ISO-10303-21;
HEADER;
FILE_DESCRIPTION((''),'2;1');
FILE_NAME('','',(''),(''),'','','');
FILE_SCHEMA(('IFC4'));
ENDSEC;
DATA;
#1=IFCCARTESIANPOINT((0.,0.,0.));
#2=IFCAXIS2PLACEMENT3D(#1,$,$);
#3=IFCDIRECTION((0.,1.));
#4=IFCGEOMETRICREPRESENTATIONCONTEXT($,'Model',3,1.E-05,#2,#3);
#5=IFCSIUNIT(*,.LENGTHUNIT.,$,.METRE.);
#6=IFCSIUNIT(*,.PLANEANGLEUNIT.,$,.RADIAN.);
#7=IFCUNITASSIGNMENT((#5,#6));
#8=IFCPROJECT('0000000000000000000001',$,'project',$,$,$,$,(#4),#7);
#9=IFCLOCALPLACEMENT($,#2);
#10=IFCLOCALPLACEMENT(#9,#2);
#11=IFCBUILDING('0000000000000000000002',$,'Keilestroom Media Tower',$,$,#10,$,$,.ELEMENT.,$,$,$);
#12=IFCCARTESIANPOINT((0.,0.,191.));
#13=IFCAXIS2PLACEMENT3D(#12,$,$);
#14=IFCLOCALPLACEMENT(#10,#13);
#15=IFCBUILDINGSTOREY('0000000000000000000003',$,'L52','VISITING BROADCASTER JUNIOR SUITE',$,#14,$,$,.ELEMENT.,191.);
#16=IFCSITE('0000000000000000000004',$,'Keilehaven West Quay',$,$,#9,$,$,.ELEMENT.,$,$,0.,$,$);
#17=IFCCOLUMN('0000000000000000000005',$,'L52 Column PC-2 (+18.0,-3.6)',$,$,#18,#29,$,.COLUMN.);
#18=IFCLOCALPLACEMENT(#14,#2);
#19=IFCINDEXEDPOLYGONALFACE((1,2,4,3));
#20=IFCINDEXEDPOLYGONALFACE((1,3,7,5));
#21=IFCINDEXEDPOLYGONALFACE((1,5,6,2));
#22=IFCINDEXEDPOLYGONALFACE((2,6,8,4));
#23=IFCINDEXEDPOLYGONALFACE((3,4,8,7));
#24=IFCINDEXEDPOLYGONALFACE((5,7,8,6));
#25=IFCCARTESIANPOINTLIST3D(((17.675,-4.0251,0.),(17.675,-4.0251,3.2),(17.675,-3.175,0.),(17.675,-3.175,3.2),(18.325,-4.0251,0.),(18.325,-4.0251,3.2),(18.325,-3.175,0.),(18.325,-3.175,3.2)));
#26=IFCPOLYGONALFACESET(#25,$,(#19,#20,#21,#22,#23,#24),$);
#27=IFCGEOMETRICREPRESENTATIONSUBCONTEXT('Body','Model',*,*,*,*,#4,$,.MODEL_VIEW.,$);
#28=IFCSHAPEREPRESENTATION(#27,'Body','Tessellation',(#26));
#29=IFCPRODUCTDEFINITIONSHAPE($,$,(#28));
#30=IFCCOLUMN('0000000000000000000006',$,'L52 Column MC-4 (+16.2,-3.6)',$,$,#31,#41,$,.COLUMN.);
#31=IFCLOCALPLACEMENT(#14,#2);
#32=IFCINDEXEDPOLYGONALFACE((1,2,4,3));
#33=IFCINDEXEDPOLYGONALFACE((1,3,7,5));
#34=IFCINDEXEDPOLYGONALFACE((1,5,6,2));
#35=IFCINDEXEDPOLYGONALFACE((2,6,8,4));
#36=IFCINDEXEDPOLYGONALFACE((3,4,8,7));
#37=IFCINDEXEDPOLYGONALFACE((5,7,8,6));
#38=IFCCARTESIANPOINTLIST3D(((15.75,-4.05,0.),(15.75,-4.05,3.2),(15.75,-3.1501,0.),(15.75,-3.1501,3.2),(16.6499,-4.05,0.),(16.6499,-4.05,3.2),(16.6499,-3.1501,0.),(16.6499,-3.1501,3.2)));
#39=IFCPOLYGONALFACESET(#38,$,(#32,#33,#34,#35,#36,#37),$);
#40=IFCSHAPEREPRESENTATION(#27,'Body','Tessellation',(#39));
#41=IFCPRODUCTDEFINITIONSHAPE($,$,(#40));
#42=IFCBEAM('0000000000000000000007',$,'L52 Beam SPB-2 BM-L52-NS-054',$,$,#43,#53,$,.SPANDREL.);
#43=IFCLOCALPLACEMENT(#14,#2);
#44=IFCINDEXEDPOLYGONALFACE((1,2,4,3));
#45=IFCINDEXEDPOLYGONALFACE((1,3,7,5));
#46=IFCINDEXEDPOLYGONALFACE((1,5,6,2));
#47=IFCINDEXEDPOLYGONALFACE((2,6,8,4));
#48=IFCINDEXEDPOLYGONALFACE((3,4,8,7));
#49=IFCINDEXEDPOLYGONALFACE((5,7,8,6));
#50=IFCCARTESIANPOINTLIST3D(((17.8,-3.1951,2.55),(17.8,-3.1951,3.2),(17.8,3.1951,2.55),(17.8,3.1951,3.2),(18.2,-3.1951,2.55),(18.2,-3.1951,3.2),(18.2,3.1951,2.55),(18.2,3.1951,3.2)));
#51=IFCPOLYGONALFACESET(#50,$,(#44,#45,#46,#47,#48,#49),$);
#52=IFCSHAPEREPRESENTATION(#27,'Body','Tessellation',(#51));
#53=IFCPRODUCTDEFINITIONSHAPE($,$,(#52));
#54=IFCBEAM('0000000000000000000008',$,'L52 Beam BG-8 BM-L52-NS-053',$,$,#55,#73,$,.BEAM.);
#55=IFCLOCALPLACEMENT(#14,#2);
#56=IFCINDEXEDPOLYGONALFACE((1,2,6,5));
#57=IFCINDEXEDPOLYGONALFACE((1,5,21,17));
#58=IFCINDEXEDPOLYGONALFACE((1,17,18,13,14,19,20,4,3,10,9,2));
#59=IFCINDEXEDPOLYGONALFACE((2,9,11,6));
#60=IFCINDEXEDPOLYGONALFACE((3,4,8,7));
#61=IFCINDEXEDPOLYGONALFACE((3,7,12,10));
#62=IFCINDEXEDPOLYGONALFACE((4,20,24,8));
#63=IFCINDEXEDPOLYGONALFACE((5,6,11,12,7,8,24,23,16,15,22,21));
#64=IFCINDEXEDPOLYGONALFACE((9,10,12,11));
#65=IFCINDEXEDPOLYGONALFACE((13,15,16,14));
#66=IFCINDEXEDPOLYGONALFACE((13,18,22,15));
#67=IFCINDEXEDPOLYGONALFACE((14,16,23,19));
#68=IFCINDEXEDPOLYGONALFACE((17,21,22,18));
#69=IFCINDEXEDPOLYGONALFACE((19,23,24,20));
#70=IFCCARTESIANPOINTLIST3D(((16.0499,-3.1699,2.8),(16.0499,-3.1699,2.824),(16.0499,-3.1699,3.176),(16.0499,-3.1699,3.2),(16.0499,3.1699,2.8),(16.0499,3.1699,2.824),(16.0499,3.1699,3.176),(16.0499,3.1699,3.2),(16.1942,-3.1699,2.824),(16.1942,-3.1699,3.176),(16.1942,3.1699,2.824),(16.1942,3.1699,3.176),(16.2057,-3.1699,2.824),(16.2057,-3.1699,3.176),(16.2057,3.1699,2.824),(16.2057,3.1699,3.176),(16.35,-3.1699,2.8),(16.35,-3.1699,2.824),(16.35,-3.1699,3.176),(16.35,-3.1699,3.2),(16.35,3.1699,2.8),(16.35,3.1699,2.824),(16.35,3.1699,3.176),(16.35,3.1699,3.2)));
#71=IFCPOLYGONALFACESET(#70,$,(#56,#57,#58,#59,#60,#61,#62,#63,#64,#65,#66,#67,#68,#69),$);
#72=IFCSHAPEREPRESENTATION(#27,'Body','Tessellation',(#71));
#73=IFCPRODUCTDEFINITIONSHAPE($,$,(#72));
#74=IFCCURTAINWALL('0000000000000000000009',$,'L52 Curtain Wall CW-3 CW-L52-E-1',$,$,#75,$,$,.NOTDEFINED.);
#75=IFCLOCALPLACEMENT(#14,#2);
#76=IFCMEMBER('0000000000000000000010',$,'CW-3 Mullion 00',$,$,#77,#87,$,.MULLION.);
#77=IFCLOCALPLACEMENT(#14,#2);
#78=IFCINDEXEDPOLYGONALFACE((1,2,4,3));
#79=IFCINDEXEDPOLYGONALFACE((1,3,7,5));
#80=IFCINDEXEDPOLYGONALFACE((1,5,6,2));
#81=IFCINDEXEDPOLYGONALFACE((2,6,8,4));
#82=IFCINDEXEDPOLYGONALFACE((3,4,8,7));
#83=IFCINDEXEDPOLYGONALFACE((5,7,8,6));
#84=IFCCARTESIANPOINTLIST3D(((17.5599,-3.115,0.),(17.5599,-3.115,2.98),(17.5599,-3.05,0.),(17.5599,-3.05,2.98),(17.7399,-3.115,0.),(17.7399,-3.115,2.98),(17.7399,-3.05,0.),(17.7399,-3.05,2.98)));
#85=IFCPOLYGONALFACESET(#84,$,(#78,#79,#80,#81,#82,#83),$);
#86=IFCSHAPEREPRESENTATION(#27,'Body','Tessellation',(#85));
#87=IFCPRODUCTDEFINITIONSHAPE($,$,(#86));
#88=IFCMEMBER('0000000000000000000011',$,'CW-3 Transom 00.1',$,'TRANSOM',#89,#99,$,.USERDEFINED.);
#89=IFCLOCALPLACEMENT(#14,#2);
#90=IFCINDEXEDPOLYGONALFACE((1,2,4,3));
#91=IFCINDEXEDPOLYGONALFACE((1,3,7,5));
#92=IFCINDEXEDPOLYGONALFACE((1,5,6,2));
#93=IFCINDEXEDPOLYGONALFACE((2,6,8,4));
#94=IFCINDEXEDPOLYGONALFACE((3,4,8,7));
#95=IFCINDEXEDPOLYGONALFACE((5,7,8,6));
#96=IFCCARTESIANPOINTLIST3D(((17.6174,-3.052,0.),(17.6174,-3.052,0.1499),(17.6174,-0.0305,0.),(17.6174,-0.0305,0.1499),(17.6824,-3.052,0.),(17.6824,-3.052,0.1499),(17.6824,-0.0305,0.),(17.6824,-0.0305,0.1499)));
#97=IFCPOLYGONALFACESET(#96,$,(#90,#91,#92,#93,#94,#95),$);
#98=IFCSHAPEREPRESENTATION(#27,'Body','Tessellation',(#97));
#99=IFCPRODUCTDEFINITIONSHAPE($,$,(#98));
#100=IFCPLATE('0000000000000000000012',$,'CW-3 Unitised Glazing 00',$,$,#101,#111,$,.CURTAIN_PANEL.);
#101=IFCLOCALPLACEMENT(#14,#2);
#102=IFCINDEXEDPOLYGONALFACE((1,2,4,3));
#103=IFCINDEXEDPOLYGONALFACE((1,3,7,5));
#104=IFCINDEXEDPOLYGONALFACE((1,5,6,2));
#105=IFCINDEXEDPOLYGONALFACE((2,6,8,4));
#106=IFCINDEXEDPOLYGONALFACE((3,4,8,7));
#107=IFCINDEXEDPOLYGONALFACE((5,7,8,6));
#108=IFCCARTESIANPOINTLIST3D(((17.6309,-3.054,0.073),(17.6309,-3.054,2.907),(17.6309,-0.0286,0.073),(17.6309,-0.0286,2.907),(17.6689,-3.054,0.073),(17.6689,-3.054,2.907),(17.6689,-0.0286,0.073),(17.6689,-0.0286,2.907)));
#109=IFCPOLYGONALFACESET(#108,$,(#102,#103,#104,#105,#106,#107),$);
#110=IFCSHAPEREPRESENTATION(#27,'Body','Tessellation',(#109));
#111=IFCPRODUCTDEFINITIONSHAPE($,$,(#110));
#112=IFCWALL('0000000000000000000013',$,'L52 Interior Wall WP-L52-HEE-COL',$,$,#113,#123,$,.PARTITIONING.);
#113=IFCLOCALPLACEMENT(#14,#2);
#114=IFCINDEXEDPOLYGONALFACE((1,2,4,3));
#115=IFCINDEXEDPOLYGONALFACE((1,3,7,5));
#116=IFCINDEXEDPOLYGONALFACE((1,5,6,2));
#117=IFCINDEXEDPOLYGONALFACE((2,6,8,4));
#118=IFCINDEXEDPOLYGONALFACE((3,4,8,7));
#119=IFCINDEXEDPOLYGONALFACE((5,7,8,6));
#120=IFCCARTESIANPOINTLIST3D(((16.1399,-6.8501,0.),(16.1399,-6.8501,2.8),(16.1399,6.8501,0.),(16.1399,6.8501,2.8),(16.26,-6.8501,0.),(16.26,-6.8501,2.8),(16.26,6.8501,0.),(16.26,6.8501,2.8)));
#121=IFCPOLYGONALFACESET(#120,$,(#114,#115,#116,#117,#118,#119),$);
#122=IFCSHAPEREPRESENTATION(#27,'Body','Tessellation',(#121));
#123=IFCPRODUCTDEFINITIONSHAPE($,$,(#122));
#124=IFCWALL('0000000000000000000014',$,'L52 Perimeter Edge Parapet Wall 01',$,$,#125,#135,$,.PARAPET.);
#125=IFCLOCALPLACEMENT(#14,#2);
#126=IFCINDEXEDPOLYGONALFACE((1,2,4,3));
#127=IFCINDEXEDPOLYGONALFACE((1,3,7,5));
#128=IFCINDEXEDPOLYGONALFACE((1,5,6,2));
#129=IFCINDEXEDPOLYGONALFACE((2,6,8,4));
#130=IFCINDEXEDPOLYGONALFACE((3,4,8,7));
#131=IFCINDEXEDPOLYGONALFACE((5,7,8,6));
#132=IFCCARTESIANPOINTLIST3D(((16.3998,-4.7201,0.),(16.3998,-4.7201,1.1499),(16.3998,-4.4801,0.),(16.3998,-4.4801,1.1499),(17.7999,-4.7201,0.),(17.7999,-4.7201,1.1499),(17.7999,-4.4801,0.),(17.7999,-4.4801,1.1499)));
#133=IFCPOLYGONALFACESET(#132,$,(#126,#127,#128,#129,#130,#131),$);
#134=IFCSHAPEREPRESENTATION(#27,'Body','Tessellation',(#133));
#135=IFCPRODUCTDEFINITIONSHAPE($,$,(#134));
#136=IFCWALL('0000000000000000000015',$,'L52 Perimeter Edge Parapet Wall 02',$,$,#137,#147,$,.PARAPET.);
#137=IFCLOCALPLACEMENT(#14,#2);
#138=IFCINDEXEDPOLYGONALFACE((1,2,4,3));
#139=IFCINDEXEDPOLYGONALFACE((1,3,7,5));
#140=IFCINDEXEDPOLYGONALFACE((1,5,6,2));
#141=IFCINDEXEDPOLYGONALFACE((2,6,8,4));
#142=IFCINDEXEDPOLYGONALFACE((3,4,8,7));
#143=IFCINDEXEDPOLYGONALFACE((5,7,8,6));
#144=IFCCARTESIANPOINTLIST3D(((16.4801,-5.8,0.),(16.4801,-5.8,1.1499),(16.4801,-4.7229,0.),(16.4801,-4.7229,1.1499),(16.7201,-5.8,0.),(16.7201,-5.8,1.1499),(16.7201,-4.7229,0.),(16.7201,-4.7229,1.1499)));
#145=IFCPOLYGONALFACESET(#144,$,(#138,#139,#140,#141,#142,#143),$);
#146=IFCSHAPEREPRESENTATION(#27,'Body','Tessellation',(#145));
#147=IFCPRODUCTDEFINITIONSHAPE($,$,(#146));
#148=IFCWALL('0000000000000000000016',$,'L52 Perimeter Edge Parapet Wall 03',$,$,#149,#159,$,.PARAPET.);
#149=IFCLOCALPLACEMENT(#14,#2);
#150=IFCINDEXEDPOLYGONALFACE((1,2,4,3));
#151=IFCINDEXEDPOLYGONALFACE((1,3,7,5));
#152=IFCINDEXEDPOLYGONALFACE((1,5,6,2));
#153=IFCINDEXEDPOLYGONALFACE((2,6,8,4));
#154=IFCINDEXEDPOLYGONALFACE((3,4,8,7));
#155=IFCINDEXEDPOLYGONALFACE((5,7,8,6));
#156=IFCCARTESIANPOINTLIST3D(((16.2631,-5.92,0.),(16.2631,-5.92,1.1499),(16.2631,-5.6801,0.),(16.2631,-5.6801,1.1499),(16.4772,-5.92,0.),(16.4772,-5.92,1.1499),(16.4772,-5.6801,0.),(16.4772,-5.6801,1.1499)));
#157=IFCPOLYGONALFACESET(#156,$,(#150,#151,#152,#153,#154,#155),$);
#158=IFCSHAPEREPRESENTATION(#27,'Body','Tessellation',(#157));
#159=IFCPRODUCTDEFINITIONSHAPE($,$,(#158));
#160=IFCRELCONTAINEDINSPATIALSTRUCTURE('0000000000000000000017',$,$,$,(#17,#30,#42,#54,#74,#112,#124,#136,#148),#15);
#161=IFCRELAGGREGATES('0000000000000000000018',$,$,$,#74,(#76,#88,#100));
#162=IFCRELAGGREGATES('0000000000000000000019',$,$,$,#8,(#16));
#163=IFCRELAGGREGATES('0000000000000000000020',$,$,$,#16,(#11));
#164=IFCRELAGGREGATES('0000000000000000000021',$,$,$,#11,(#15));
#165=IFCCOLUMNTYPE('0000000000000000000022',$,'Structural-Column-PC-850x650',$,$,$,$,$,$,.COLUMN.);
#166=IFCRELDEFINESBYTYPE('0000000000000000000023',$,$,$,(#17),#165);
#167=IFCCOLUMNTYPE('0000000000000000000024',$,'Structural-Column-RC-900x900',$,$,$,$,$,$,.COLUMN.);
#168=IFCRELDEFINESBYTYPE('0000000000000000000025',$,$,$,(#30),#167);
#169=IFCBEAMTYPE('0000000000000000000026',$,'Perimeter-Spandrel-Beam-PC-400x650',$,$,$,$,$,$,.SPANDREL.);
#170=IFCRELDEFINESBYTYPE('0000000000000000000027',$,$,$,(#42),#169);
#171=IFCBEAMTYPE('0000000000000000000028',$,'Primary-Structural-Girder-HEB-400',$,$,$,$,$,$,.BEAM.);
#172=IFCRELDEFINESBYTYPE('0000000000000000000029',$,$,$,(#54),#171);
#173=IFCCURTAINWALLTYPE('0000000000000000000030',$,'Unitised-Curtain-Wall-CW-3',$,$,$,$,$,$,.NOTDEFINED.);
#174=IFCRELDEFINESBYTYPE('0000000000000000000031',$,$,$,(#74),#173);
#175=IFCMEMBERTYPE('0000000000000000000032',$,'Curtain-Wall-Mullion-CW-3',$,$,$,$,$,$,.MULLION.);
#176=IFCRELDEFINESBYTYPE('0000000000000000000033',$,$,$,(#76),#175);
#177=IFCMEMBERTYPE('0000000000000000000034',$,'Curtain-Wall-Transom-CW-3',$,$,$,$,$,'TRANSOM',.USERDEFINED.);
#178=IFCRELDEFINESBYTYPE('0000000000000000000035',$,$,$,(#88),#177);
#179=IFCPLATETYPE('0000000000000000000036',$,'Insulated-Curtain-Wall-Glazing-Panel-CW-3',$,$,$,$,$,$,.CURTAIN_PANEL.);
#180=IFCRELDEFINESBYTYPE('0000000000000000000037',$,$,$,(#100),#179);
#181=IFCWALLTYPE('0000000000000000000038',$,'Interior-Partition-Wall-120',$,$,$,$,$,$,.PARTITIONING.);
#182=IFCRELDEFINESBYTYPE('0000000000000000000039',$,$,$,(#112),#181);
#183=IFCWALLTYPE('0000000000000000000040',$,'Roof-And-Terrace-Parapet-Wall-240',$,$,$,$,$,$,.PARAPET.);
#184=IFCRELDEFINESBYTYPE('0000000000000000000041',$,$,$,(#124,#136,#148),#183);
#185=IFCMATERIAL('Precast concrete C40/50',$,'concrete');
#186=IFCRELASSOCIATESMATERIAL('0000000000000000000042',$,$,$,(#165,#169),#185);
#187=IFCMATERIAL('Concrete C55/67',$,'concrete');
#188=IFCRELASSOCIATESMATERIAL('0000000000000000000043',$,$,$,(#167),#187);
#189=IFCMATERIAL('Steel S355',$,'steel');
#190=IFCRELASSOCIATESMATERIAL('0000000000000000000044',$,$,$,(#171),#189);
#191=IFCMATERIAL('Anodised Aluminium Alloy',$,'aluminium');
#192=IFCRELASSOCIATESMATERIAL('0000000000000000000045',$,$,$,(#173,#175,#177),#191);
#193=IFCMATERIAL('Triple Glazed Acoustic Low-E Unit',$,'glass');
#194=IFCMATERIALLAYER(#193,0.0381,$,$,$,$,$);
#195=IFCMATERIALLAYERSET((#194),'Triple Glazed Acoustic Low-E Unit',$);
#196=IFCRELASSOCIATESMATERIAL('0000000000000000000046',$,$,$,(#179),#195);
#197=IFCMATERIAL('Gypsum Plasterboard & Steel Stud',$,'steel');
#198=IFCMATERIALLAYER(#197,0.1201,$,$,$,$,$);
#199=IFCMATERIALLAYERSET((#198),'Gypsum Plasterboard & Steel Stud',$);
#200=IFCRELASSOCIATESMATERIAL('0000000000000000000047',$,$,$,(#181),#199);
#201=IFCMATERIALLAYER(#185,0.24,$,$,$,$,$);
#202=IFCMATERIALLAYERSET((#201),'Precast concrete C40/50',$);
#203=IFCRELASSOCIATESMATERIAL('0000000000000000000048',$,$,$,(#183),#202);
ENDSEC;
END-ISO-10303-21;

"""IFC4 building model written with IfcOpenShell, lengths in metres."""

from ifc_helpers import new_model, si_unit, direction, frame, frame_2d, origin, origin_2d, place, context, subcontext, project, spatial, rectangle, i_section, extrude, source, transform, mapped, material, layer, layer_set, material_profile, profile_set, type_object, element, aggregate, save


model = new_model("IFC4")

# Units and contexts
model_context = context("Model", 3, precision=1e-05, world=origin(), true_north=direction((0.0, 1.0)))
body_context = subcontext(model_context, "Body", "Model", "MODEL_VIEW")
ifc_project = project(units=[si_unit("LENGTHUNIT", "METRE"), si_unit("PLANEANGLEUNIT", "RADIAN")], contexts=[model_context])

# Site, building, storey
site_placement = place(None, origin())
site = spatial("IfcSite", under=ifc_project, at=site_placement, Name="Keilehaven West Quay", CompositionType="ELEMENT", RefElevation=0.0)
building_placement = place(site_placement, origin())
building = spatial("IfcBuilding", under=site, at=building_placement, Name="Keilestroom Media Tower", CompositionType="ELEMENT")
storey_placement = place(building_placement, frame((0.0, 0.0, 191.0)))
storey = spatial("IfcBuildingStorey", under=building, at=storey_placement, Name="L52", Description="VISITING BROADCASTER JUNIOR SUITE", CompositionType="ELEMENT", Elevation=191.0)

# Columns
ifc_material_1 = material(Name="Precast concrete C40/50", Category="concrete")
ifc_material_profile_1 = material_profile(ifc_material_1, rectangle(XDim=0.6499, YDim=0.8501, at=origin_2d()), Name="PC 850x650")
ifc_profile_set_1 = profile_set([ifc_material_profile_1], Name="Precast concrete C40/50")
column_type_1 = type_object("IfcColumnType", Name="Structural-Column-PC-850x650", PredefinedType="COLUMN", material=ifc_profile_set_1)
shared_shape_1 = source(origin(), body_context, "Body", "SweptSolid", [
    extrude(rectangle(XDim=0.6499, YDim=0.8501, at=origin_2d()), origin(), (0.0, 0.0, 1.0), 3.2),
])
column_1_placement = place(storey_placement, frame((18.0, -3.6001, 0.0), z_axis=(0.0, 0.0, 1.0), x_axis=(1.0, 0.0, 0.0)))
element("IfcColumn", 1, at=column_1_placement, inside=storey, type_object=column_type_1, Name="L52 Column PC-2 (+18.0,-3.6)", PredefinedType="COLUMN", context=body_context, shape_type="MappedRepresentation", body=[
    mapped(shared_shape_1, transform((0.0, 0.0, 0.0), x_axis=(1.0, 0.0, 0.0), y_axis=(0.0, 1.0, 0.0), z_axis=(0.0, 0.0, 1.0), scale=1.0)),
])
ifc_material_2 = material(Name="Concrete C55/67", Category="concrete")
ifc_material_profile_2 = material_profile(ifc_material_2, rectangle(XDim=0.8999, YDim=0.8999, at=origin_2d()), Name="RC 900x900")
ifc_profile_set_2 = profile_set([ifc_material_profile_2], Name="Concrete C55/67")
column_type_2 = type_object("IfcColumnType", Name="Structural-Column-RC-900x900", PredefinedType="COLUMN", material=ifc_profile_set_2)
shared_shape_2 = source(origin(), body_context, "Body", "SweptSolid", [
    extrude(rectangle(XDim=0.8999, YDim=0.8999, at=origin_2d()), origin(), (0.0, 0.0, 1.0), 3.2),
])
column_2_placement = place(storey_placement, frame((16.2, -3.6001, 0.0), z_axis=(0.0, 0.0, 1.0), x_axis=(1.0, 0.0, 0.0)))
element("IfcColumn", 2, at=column_2_placement, inside=storey, type_object=column_type_2, Name="L52 Column MC-4 (+16.2,-3.6)", PredefinedType="COLUMN", context=body_context, shape_type="MappedRepresentation", body=[
    mapped(shared_shape_2, transform((0.0, 0.0, 0.0), x_axis=(1.0, 0.0, 0.0), y_axis=(0.0, 1.0, 0.0), z_axis=(0.0, 0.0, 1.0), scale=1.0)),
])

# Beams
ifc_material_profile_3 = material_profile(ifc_material_1, rectangle(XDim=0.3999, YDim=0.6499, at=origin_2d()), Name="PC 400x650")
ifc_profile_set_3 = profile_set([ifc_material_profile_3], Name="Precast concrete C40/50")
beam_type_1 = type_object("IfcBeamType", Name="Perimeter-Spandrel-Beam-PC-400x650", PredefinedType="SPANDREL", material=ifc_profile_set_3)
shared_shape_3 = source(origin(), body_context, "Body", "SweptSolid", [
    extrude(rectangle(XDim=0.3999, YDim=0.6499, at=origin_2d()), origin(), (0.0, 0.0, 1.0), 6.3901),
])
beam_1_placement = place(storey_placement, frame((18.0, -3.1951, 2.875), z_axis=(0.0, 1.0, 0.0), x_axis=(-1.0, 0.0, 0.0)))
element("IfcBeam", 3, at=beam_1_placement, inside=storey, type_object=beam_type_1, Name="L52 Beam SPB-2 BM-L52-NS-054", PredefinedType="SPANDREL", context=body_context, shape_type="MappedRepresentation", body=[
    mapped(shared_shape_3, transform((0.0, 0.0, 0.0), x_axis=(1.0, 0.0, 0.0), y_axis=(0.0, 1.0, 0.0), z_axis=(0.0, 0.0, 1.0), scale=1.0)),
])
ifc_material_3 = material(Name="Steel S355", Category="steel")
ifc_material_profile_4 = material_profile(ifc_material_3, i_section(OverallWidth=0.3, OverallDepth=0.3999, WebThickness=0.0115, FlangeThickness=0.0239, at=origin_2d()), Name="HEB 400")
ifc_profile_set_4 = profile_set([ifc_material_profile_4], Name="Steel S355")
beam_type_2 = type_object("IfcBeamType", Name="Primary-Structural-Girder-HEB-400", PredefinedType="BEAM", material=ifc_profile_set_4)
shared_shape_4 = source(origin(), body_context, "Body", "SweptSolid", [
    extrude(i_section(OverallWidth=0.3, OverallDepth=0.3999, WebThickness=0.0115, FlangeThickness=0.0239, at=origin_2d()), origin(), (0.0, 0.0, 1.0), 6.3398),
])
beam_2_placement = place(storey_placement, frame((16.2, -3.1699, 3.0), z_axis=(0.0, 1.0, 0.0), x_axis=(-1.0, 0.0, 0.0)))
element("IfcBeam", 4, at=beam_2_placement, inside=storey, type_object=beam_type_2, Name="L52 Beam BG-8 BM-L52-NS-053", PredefinedType="BEAM", context=body_context, shape_type="MappedRepresentation", body=[
    mapped(shared_shape_4, transform((0.0, 0.0, 0.0), x_axis=(1.0, 0.0, 0.0), y_axis=(0.0, 1.0, 0.0), z_axis=(0.0, 0.0, 1.0), scale=1.0)),
])

# Curtain wall, members, plate
ifc_material_4 = material(Name="Anodised Aluminium Alloy", Category="aluminium")
curtain_wall_type = type_object("IfcCurtainWallType", Name="Unitised-Curtain-Wall-CW-3", PredefinedType="NOTDEFINED", material=ifc_material_4)
curtain_wall_placement = place(storey_placement, origin())
curtain_wall = element("IfcCurtainWall", 5, at=curtain_wall_placement, inside=storey, type_object=curtain_wall_type, Name="L52 Curtain Wall CW-3 CW-L52-E-1", PredefinedType="NOTDEFINED")
ifc_material_profile_5 = material_profile(ifc_material_4, rectangle(XDim=0.0649, YDim=0.1799, at=origin_2d()), Name="ALU MULLION 65x180")
ifc_profile_set_5 = profile_set([ifc_material_profile_5], Name="Anodised Aluminium Alloy")
member_type_1 = type_object("IfcMemberType", Name="Curtain-Wall-Mullion-CW-3", PredefinedType="MULLION", material=ifc_profile_set_5)
shared_shape_5 = source(origin(), body_context, "Body", "SweptSolid", [
    extrude(rectangle(XDim=0.0649, YDim=0.1799, at=origin_2d()), origin(), (0.0, 0.0, 1.0), 2.98),
])
member_1_placement = place(storey_placement, frame((17.6499, -3.0825, 0.0), z_axis=(0.0, 0.0, 1.0), x_axis=(0.0, 1.0, 0.0)))
member_1 = element("IfcMember", 6, at=member_1_placement, type_object=member_type_1, Name="CW-3 Mullion 00", PredefinedType="MULLION", context=body_context, shape_type="MappedRepresentation", body=[
    mapped(shared_shape_5, transform((0.0, 0.0, 0.0), x_axis=(1.0, 0.0, 0.0), y_axis=(0.0, 1.0, 0.0), z_axis=(0.0, 0.0, 1.0), scale=1.0)),
])
ifc_material_profile_6 = material_profile(ifc_material_4, rectangle(XDim=0.0649, YDim=0.1499, at=origin_2d()), Name="ALU TRANSOM 65x150")
ifc_profile_set_6 = profile_set([ifc_material_profile_6], Name="Anodised Aluminium Alloy")
member_type_2 = type_object("IfcMemberType", Name="Curtain-Wall-Transom-CW-3", ElementType="TRANSOM", PredefinedType="USERDEFINED", material=ifc_profile_set_6)
shared_shape_6 = source(origin(), body_context, "Body", "SweptSolid", [
    extrude(rectangle(XDim=0.0649, YDim=0.1499, at=origin_2d()), origin(), (0.0, 0.0, 1.0), 3.0215),
])
member_2_placement = place(storey_placement, frame((17.6499, -3.052, 0.075), z_axis=(0.0, 1.0, 0.0), x_axis=(-1.0, 0.0, 0.0)))
member_2 = element("IfcMember", 7, at=member_2_placement, type_object=member_type_2, Name="CW-3 Transom 00.1", ObjectType="TRANSOM", PredefinedType="USERDEFINED", context=body_context, shape_type="MappedRepresentation", body=[
    mapped(shared_shape_6, transform((0.0, 0.0, 0.0), x_axis=(1.0, 0.0, 0.0), y_axis=(0.0, 1.0, 0.0), z_axis=(0.0, 0.0, 1.0), scale=1.0)),
])
ifc_material_5 = material(Name="Triple Glazed Acoustic Low-E Unit", Category="glass")
ifc_layer_1 = layer(ifc_material_5, 0.0381)
ifc_layer_set_1 = layer_set([ifc_layer_1], Name="Triple Glazed Acoustic Low-E Unit")
plate_type = type_object("IfcPlateType", Name="Insulated-Curtain-Wall-Glazing-Panel-CW-3", PredefinedType="CURTAIN_PANEL", material=ifc_layer_set_1)
shared_shape_7 = source(origin(), body_context, "Body", "SweptSolid", [
    extrude(rectangle(XDim=3.0254, YDim=0.0381, at=origin_2d()), origin(), (0.0, 0.0, 1.0), 2.834),
])
plate_placement = place(storey_placement, frame((17.6499, -1.5413, 0.073), z_axis=(0.0, 0.0, 1.0), x_axis=(0.0, 1.0, 0.0)))
plate = element("IfcPlate", 8, at=plate_placement, type_object=plate_type, Name="CW-3 Unitised Glazing 00", PredefinedType="CURTAIN_PANEL", context=body_context, shape_type="MappedRepresentation", body=[
    mapped(shared_shape_7, transform((0.0, 0.0, 0.0), x_axis=(1.0, 0.0, 0.0), y_axis=(0.0, 1.0, 0.0), z_axis=(0.0, 0.0, 1.0), scale=1.0)),
])
aggregate(curtain_wall, [member_1, member_2, plate])

# Walls
ifc_material_6 = material(Name="Gypsum Plasterboard & Steel Stud", Category="steel")
ifc_layer_2 = layer(ifc_material_6, 0.1201)
ifc_layer_set_2 = layer_set([ifc_layer_2], Name="Gypsum Plasterboard & Steel Stud")
wall_type_1 = type_object("IfcWallType", Name="Interior-Partition-Wall-120", PredefinedType="PARTITIONING", material=ifc_layer_set_2)
wall_1_placement = place(storey_placement, frame((16.2, -6.8501, 0.0), z_axis=(0.0, 0.0, 1.0), x_axis=(0.0, 1.0, 0.0)))
element("IfcWall", 9, at=wall_1_placement, inside=storey, type_object=wall_type_1, Name="L52 Interior Wall WP-L52-HEE-COL", PredefinedType="PARTITIONING", context=body_context, shape_type="SweptSolid", body=[
    extrude(rectangle(XDim=13.7002, YDim=0.1201, at=frame_2d((6.8501, 0.0))), origin(), (0.0, 0.0, 1.0), 2.8),
])
ifc_layer_3 = layer(ifc_material_1, 0.24)
ifc_layer_set_3 = layer_set([ifc_layer_3], Name="Precast concrete C40/50")
wall_type_2 = type_object("IfcWallType", Name="Roof-And-Terrace-Parapet-Wall-240", PredefinedType="PARAPET", material=ifc_layer_set_3)
wall_2_placement = place(storey_placement, frame((17.8, -4.6001, 0.0), z_axis=(0.0, 0.0, 1.0), x_axis=(-1.0, 0.0, 0.0)))
element("IfcWall", 10, at=wall_2_placement, inside=storey, type_object=wall_type_2, Name="L52 Perimeter Edge Parapet Wall 01", PredefinedType="PARAPET", context=body_context, shape_type="SweptSolid", body=[
    extrude(rectangle(XDim=1.4001, YDim=0.24, at=frame_2d((0.7002, 0.0))), origin(), (0.0, 0.0, 1.0), 1.1499),
])
wall_3_placement = place(storey_placement, frame((16.6001, -4.7229, 0.0), z_axis=(0.0, 0.0, 1.0), x_axis=(0.0, -1.0, 0.0)))
element("IfcWall", 11, at=wall_3_placement, inside=storey, type_object=wall_type_2, Name="L52 Perimeter Edge Parapet Wall 02", PredefinedType="PARAPET", context=body_context, shape_type="SweptSolid", body=[
    extrude(rectangle(XDim=1.0771, YDim=0.24, at=frame_2d((0.5386, 0.0))), origin(), (0.0, 0.0, 1.0), 1.1499),
])
wall_4_placement = place(storey_placement, frame((16.4771, -5.8, 0.0), z_axis=(0.0, 0.0, 1.0), x_axis=(-1.0, 0.0, 0.0)))
element("IfcWall", 12, at=wall_4_placement, inside=storey, type_object=wall_type_2, Name="L52 Perimeter Edge Parapet Wall 03", PredefinedType="PARAPET", context=body_context, shape_type="SweptSolid", body=[
    extrude(rectangle(XDim=0.2141, YDim=0.24, at=frame_2d((0.1069, 0.0))), origin(), (0.0, 0.0, 1.0), 1.1499),
])

save(model, "model.ifc")
